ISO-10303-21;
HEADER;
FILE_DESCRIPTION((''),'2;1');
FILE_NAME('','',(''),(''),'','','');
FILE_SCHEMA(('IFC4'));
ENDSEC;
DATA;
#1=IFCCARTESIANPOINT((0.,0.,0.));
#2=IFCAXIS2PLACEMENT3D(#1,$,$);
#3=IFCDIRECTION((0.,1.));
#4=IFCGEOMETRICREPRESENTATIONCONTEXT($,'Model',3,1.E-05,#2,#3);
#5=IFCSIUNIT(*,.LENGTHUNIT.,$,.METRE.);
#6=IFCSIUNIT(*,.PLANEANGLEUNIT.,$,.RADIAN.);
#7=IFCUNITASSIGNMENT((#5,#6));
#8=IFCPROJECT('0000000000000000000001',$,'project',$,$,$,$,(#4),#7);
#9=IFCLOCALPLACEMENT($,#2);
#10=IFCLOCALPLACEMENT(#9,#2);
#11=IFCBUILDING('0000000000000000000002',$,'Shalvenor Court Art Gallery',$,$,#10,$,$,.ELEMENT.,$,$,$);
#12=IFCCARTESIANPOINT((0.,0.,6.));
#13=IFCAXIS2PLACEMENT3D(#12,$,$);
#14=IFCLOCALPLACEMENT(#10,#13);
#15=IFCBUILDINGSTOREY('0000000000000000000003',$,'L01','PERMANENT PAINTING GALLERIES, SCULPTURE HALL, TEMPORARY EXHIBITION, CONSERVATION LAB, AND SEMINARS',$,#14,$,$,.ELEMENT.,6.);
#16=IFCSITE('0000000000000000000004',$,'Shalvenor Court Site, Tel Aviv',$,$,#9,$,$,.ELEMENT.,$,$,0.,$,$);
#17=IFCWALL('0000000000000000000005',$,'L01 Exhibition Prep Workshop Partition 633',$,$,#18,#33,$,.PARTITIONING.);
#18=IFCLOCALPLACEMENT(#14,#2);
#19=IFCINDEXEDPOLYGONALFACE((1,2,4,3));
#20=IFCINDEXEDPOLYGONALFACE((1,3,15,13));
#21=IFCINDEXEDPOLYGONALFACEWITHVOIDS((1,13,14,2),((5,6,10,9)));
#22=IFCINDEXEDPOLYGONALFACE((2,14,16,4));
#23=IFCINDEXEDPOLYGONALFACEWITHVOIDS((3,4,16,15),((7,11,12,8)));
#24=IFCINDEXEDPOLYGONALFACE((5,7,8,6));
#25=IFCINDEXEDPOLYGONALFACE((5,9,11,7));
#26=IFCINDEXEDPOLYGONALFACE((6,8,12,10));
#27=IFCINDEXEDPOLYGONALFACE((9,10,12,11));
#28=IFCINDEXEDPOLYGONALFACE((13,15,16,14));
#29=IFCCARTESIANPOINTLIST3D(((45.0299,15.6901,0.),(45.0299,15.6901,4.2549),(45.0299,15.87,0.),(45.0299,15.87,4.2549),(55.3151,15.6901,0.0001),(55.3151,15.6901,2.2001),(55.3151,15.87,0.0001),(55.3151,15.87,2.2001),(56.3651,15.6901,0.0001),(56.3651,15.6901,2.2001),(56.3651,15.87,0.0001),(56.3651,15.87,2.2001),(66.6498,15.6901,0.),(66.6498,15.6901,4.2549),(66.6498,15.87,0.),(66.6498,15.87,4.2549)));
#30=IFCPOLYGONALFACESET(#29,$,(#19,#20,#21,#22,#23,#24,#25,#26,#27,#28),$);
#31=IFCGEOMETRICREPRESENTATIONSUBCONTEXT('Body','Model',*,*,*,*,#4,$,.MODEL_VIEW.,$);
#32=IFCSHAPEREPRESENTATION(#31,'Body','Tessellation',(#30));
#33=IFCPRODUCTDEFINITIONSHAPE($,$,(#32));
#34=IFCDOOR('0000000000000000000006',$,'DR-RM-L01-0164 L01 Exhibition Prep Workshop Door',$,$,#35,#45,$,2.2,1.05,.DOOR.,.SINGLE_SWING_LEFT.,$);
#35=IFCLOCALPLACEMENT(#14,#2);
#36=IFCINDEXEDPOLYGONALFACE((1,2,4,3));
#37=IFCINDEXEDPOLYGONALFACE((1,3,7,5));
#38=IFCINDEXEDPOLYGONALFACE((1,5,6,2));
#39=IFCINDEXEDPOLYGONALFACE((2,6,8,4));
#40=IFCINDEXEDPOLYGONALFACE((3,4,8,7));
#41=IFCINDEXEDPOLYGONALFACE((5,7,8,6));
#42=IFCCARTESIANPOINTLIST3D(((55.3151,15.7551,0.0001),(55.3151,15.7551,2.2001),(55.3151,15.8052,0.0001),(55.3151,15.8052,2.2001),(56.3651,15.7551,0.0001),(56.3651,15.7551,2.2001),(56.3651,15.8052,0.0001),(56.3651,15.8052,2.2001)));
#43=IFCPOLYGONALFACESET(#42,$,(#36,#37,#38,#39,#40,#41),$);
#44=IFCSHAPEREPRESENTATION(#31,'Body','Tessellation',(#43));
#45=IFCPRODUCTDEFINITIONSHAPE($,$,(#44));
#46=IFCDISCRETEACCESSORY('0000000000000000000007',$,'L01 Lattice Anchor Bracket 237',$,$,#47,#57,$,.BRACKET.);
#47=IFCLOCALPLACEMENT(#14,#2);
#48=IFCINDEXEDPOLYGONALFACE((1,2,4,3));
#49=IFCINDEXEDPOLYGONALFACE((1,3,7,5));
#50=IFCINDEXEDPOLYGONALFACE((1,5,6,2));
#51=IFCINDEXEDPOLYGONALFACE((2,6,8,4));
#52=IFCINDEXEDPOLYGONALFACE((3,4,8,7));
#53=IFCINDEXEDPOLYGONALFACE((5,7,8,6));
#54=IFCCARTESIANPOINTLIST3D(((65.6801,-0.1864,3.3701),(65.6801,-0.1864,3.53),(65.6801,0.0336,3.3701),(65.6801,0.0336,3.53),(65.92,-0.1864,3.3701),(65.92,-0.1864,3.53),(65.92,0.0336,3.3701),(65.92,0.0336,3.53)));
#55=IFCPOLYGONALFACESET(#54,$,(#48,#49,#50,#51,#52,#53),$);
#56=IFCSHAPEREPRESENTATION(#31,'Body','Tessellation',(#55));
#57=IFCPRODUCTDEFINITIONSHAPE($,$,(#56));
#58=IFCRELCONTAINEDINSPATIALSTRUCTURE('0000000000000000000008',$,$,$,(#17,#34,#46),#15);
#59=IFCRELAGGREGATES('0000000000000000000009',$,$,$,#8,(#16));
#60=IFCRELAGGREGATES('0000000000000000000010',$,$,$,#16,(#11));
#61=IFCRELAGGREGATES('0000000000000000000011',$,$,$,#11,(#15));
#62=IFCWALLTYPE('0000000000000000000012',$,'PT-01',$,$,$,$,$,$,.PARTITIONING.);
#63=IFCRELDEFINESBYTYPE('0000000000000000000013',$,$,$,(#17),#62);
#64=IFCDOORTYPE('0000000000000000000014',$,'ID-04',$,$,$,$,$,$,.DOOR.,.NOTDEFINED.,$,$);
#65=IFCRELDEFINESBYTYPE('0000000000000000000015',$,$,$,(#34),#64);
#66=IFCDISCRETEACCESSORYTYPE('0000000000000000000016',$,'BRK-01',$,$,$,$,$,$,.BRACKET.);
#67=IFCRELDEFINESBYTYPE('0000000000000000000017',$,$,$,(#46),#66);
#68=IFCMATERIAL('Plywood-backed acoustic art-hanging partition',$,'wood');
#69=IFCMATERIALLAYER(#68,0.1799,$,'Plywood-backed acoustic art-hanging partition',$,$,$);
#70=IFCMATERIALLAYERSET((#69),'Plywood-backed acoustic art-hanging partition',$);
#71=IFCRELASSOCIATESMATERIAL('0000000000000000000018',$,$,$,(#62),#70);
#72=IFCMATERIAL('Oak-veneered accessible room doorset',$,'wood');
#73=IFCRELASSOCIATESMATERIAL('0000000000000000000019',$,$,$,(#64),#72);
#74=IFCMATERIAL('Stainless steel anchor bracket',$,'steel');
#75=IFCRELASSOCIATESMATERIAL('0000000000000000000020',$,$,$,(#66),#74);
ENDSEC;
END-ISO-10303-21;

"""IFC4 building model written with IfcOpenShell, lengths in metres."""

from ifc_helpers import new_model, si_unit, direction, frame, frame_2d, origin, origin_2d, place, context, subcontext, project, spatial, rectangle, extrude, material, layer, layer_set, type_object, element, fill, save


model = new_model("IFC4")

# Units and contexts
model_context = context("Model", 3, precision=1e-05, world=origin(), true_north=direction((0.0, 1.0)))
body_context = subcontext(model_context, "Body", "Model", "MODEL_VIEW")
ifc_project = project(units=[si_unit("LENGTHUNIT", "METRE"), si_unit("PLANEANGLEUNIT", "RADIAN")], contexts=[model_context])

# Site, building, storey
site_placement = place(None, origin())
site = spatial("IfcSite", under=ifc_project, at=site_placement, Name="Shalvenor Court Site, Tel Aviv", CompositionType="ELEMENT", RefElevation=0.0)
building_placement = place(site_placement, origin())
building = spatial("IfcBuilding", under=site, at=building_placement, Name="Shalvenor Court Art Gallery", CompositionType="ELEMENT")
storey_placement = place(building_placement, frame((0.0, 0.0, 6.0)))
storey = spatial("IfcBuildingStorey", under=building, at=storey_placement, Name="L01", Description="PERMANENT PAINTING GALLERIES, SCULPTURE HALL, TEMPORARY EXHIBITION, CONSERVATION LAB, AND SEMINARS", CompositionType="ELEMENT", Elevation=6.0)

# Wall, opening, door
ifc_material_1 = material(Name="Plywood-backed acoustic art-hanging partition", Category="wood")
ifc_layer_1 = layer(ifc_material_1, 0.1799, Name="Plywood-backed acoustic art-hanging partition")
ifc_layer_set_1 = layer_set([ifc_layer_1], Name="Plywood-backed acoustic art-hanging partition")
wall_type = type_object("IfcWallType", Name="PT-01", PredefinedType="PARTITIONING", material=ifc_layer_set_1)
wall_placement = place(storey_placement, frame((66.6499, 15.78, 0.0), z_axis=(0.0, 0.0, 1.0), x_axis=(-1.0, 0.0, 0.0)))
wall = element("IfcWall", 1, at=wall_placement, inside=storey, type_object=wall_type, Name="L01 Exhibition Prep Workshop Partition 633", PredefinedType="PARTITIONING", context=body_context, shape_type="SweptSolid", body=[
    extrude(rectangle(XDim=21.6199, YDim=0.1799, at=frame_2d((10.8101, 0.0))), origin(), (0.0, 0.0, 1.0), 4.2549),
])
opening_placement = place(wall_placement, frame((10.2849, 0.0, 0.0)))
opening = element("IfcOpeningElement", 2, at=opening_placement, cuts=wall, PredefinedType="OPENING", context=body_context, shape_type="SweptSolid", body=[
    extrude(rectangle(XDim=1.05, YDim=2.2, at=frame_2d((0.5249, 1.1001))), frame((0.0, 0.0999, 0.0), z_axis=(0.0, -1.0, 0.0), x_axis=(1.0, 0.0, 0.0)), (0.0, 0.0, 1.0), 0.2),
])
ifc_material_2 = material(Name="Oak-veneered accessible room doorset", Category="wood")
door_type = type_object("IfcDoorType", Name="ID-04", OperationType="NOTDEFINED", PredefinedType="DOOR", material=ifc_material_2)
door_placement = place(opening_placement, origin())
door = element("IfcDoor", 3, at=door_placement, inside=storey, type_object=door_type, Name="DR-RM-L01-0164 L01 Exhibition Prep Workshop Door", OperationType="SINGLE_SWING_LEFT", OverallHeight=2.2, OverallWidth=1.05, PredefinedType="DOOR", context=body_context, shape_type="SweptSolid", body=[
    extrude(rectangle(XDim=1.05, YDim=2.2, at=frame_2d((0.5249, 1.1001))), frame((0.0, 0.0249, 0.0), z_axis=(0.0, -1.0, 0.0), x_axis=(1.0, 0.0, 0.0)), (0.0, 0.0, 1.0), 0.05),
])
fill(opening, door)

# Discrete accessory
ifc_material_3 = material(Name="Stainless steel anchor bracket", Category="steel")
discrete_accessory_type = type_object("IfcDiscreteAccessoryType", Name="BRK-01", PredefinedType="BRACKET", material=ifc_material_3)
discrete_accessory_placement = place(storey_placement, frame((65.8, -0.0764, 3.3701), z_axis=(0.0, 0.0, 1.0), x_axis=(-1.0, 0.0, 0.0)))
element("IfcDiscreteAccessory", 4, at=discrete_accessory_placement, inside=storey, type_object=discrete_accessory_type, Name="L01 Lattice Anchor Bracket 237", PredefinedType="BRACKET", context=body_context, shape_type="SweptSolid", body=[
    extrude(rectangle(XDim=0.24, YDim=0.22, at=origin_2d()), origin(), (0.0, 0.0, 1.0), 0.1599),
])

save(model, "model.ifc")
